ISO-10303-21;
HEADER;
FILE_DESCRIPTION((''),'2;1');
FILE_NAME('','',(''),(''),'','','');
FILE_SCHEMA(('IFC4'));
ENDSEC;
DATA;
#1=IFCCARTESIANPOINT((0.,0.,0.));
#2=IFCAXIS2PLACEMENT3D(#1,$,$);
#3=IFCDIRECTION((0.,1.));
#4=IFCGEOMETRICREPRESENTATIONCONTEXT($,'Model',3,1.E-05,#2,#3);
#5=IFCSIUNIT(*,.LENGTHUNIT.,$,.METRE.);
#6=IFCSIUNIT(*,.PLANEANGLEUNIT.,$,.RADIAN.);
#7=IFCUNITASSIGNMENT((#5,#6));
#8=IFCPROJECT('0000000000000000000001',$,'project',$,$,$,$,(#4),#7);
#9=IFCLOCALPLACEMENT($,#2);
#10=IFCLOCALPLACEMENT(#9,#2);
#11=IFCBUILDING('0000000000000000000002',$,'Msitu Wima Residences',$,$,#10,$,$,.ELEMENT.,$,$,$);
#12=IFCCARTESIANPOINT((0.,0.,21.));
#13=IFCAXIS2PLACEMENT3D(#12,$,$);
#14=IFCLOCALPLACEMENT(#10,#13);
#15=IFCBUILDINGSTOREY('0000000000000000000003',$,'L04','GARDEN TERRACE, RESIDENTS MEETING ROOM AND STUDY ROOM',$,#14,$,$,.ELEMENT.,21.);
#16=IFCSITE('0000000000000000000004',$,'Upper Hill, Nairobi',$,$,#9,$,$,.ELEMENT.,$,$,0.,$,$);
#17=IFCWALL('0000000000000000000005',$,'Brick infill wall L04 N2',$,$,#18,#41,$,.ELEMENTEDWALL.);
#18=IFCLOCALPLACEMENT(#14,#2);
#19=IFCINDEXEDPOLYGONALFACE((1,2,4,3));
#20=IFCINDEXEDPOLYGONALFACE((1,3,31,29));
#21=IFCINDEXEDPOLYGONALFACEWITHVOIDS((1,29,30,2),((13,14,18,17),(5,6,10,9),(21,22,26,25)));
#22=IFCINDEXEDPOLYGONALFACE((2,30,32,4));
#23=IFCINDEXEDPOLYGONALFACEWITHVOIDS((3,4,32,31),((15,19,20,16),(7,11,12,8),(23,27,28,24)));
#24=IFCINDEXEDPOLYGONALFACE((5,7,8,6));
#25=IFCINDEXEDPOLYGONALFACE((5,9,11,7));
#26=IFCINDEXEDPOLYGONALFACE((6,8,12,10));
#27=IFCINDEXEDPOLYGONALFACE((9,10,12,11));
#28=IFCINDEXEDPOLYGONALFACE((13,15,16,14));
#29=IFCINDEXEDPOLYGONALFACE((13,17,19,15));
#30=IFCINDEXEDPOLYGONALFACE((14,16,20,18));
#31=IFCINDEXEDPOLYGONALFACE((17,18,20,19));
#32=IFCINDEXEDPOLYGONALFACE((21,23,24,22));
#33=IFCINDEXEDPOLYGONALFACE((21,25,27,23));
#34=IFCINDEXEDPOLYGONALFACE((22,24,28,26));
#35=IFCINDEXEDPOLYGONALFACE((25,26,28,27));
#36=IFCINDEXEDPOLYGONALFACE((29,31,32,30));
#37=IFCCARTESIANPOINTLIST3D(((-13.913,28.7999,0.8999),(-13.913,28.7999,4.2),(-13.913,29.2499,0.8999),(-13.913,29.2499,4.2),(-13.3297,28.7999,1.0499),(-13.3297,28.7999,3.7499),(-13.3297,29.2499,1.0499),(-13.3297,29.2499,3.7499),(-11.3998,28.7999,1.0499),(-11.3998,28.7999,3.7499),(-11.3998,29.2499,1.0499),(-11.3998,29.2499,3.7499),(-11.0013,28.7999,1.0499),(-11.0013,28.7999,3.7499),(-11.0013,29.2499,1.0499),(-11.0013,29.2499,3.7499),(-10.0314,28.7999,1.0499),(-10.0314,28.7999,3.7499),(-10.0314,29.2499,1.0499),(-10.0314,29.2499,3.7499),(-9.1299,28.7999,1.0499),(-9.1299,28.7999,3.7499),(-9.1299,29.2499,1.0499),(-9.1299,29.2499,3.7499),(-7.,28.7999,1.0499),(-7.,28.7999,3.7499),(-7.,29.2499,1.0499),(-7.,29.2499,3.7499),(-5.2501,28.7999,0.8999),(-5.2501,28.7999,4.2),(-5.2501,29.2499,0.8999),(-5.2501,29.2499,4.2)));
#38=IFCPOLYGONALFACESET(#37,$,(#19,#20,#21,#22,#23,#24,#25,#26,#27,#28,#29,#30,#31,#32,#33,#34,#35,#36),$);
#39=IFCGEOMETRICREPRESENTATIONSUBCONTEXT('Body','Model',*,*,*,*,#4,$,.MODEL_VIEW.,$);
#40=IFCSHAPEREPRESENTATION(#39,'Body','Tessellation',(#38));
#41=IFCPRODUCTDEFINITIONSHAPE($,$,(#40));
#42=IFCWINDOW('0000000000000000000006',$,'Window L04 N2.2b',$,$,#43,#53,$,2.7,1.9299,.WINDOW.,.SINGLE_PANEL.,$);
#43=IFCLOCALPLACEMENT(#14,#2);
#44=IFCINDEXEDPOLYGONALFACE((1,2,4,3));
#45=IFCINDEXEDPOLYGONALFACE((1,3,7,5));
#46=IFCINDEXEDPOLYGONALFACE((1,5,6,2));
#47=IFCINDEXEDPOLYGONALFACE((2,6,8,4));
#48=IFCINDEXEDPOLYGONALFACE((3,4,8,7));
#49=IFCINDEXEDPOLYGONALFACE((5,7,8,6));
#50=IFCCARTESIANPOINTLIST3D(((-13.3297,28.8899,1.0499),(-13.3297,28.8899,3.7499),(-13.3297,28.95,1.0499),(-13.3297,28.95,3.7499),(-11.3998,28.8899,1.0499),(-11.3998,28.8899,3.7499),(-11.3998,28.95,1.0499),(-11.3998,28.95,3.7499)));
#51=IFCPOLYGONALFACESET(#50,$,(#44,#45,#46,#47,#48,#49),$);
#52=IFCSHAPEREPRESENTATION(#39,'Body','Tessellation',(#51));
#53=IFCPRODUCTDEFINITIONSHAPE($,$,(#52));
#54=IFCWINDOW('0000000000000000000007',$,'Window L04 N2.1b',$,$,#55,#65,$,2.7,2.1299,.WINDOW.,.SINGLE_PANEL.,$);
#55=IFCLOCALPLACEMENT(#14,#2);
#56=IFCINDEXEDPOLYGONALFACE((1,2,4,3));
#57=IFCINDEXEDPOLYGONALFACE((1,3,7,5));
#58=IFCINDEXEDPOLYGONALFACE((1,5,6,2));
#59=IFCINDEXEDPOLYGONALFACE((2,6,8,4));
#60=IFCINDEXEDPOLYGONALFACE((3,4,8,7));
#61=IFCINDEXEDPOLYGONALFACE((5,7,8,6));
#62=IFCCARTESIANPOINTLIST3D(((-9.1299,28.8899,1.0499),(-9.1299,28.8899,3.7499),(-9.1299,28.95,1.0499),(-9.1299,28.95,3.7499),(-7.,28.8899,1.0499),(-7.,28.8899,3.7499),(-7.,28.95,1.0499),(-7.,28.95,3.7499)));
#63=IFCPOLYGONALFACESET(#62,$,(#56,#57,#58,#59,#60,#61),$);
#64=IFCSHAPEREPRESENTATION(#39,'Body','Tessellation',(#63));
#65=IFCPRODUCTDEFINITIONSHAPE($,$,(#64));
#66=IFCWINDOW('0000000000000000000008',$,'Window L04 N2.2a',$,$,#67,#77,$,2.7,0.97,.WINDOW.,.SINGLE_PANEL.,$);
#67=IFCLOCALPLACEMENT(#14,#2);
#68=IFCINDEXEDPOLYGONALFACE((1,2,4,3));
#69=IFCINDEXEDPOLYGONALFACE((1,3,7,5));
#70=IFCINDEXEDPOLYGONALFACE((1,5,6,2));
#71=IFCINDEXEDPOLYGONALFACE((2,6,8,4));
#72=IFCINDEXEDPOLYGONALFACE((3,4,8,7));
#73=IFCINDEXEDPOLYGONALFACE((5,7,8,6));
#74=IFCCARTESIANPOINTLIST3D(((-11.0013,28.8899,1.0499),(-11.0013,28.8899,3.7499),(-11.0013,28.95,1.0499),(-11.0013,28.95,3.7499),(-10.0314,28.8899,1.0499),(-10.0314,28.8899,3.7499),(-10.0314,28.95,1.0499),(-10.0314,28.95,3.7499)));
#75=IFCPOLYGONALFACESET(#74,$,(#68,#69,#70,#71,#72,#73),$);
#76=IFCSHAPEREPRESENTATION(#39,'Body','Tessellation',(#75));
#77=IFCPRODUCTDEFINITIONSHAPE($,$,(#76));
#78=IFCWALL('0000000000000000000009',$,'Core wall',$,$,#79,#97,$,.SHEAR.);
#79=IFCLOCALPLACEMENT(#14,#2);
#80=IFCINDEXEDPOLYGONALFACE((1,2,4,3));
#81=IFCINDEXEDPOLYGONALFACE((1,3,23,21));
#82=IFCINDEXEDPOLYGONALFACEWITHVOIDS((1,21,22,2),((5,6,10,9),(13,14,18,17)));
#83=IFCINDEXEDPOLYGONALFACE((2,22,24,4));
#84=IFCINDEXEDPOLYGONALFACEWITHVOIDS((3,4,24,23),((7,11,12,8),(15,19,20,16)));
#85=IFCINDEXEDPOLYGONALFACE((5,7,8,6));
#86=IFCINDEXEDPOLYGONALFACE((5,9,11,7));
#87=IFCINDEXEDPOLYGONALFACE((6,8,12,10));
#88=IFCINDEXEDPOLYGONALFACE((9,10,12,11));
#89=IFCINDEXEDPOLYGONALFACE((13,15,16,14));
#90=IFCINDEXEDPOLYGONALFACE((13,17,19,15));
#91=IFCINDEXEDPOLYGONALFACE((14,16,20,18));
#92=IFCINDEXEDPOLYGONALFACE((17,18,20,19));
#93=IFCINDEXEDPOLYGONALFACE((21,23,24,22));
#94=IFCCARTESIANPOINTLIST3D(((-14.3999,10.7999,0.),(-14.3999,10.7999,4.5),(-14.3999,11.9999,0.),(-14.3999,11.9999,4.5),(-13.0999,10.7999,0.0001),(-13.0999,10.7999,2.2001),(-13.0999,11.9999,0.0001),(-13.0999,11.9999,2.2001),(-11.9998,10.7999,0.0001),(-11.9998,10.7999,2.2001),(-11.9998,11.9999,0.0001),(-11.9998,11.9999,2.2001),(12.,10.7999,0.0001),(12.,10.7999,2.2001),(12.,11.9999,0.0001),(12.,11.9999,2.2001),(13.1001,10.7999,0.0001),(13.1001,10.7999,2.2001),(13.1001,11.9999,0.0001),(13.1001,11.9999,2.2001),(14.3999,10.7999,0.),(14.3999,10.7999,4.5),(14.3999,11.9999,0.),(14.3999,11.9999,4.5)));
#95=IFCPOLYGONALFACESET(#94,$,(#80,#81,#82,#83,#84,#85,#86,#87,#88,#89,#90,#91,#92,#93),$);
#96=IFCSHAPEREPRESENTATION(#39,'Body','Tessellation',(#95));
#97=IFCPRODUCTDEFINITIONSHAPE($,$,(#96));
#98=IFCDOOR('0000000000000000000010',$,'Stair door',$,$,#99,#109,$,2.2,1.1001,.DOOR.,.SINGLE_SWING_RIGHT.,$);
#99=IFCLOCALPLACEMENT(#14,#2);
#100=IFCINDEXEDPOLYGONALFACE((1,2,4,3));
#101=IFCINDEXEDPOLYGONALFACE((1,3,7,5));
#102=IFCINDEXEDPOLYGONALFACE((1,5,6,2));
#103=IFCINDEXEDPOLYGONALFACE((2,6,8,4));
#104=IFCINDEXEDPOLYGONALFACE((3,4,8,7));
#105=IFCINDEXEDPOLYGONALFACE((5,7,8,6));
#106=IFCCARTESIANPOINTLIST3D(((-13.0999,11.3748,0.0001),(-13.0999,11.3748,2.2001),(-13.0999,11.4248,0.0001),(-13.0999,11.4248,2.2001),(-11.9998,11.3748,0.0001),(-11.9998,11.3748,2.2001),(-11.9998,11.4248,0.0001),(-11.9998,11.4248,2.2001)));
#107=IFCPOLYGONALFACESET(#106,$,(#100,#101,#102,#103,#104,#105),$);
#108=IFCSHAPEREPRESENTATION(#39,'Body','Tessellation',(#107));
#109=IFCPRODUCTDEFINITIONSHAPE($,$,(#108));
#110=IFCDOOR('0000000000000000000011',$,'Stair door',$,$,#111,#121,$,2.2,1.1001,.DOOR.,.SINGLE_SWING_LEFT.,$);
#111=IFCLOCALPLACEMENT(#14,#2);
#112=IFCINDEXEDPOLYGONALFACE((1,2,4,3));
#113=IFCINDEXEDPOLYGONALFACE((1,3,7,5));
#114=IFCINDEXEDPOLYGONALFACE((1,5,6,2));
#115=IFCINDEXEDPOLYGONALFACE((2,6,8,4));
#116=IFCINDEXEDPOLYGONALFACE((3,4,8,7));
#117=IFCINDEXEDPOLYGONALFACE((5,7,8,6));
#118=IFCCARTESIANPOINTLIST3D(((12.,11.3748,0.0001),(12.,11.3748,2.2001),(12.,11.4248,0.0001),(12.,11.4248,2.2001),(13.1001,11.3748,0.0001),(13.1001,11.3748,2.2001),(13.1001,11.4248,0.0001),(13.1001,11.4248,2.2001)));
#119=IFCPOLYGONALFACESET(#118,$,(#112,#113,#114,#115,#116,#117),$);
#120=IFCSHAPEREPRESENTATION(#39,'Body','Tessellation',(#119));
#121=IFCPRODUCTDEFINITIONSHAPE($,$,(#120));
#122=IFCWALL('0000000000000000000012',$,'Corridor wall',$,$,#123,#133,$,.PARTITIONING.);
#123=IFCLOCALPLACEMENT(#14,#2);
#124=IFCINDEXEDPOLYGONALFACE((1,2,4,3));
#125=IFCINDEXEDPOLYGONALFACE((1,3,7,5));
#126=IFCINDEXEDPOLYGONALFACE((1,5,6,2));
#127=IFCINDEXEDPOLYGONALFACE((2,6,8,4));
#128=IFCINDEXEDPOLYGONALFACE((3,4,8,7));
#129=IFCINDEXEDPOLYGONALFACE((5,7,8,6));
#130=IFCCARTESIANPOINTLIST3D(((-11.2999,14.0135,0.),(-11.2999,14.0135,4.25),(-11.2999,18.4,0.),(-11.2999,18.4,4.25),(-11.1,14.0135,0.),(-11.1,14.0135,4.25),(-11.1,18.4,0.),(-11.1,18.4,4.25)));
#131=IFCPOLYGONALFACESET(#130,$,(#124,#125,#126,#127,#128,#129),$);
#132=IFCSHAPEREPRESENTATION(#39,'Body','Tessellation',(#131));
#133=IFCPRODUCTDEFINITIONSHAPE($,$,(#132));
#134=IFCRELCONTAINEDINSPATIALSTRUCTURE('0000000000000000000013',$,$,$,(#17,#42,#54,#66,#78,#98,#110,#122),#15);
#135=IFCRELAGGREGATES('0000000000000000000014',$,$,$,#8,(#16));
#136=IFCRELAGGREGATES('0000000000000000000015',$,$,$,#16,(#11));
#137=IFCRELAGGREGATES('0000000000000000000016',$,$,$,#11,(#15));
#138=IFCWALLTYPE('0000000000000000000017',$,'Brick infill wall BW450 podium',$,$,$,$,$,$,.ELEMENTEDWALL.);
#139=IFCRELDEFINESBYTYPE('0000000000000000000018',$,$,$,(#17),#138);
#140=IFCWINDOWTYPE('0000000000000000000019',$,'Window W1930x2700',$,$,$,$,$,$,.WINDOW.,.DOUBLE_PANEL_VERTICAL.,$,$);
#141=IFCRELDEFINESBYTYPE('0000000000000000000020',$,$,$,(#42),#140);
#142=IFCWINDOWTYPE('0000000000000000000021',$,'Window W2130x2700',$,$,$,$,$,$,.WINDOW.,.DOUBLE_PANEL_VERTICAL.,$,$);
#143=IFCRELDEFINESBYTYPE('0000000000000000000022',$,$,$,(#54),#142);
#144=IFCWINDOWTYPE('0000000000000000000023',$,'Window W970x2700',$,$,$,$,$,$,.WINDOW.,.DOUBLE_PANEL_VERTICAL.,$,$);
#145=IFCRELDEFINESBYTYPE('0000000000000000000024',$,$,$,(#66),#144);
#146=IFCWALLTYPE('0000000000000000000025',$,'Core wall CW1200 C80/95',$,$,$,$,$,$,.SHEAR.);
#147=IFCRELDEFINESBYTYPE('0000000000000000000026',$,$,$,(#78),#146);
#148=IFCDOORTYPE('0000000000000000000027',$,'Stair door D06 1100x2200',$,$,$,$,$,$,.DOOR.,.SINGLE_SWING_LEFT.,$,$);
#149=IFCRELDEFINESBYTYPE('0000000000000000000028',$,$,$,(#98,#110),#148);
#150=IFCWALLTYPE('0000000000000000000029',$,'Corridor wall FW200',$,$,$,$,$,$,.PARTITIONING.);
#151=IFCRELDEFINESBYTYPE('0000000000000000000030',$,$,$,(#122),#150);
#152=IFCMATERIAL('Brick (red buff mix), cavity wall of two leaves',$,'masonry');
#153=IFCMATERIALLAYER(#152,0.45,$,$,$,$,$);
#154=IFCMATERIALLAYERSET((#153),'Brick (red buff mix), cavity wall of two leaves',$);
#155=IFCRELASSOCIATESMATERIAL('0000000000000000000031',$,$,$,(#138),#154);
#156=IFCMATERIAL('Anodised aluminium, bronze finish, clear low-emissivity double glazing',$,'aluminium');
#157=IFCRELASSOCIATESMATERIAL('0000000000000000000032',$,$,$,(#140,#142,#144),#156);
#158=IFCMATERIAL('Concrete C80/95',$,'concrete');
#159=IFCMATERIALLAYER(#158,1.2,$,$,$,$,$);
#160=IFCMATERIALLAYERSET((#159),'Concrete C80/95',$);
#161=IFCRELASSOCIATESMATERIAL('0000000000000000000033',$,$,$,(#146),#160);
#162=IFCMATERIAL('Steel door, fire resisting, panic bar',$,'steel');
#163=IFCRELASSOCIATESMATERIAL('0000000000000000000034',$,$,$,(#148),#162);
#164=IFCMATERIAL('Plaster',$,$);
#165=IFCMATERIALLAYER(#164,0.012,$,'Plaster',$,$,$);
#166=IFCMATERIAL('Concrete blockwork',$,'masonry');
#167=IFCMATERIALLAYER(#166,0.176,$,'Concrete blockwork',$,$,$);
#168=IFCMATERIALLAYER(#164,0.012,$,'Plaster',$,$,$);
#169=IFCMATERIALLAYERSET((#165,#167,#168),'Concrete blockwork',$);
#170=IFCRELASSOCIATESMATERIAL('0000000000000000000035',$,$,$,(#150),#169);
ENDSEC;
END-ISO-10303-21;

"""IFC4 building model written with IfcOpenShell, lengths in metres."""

from ifc_helpers import new_model, si_unit, direction, frame, frame_2d, origin, place, context, subcontext, project, spatial, rectangle, extrude, material, layer, layer_set, type_object, element, fill, save


model = new_model("IFC4")

# Units and contexts
model_context = context("Model", 3, precision=1e-05, world=origin(), true_north=direction((0.0, 1.0)))
body_context = subcontext(model_context, "Body", "Model", "MODEL_VIEW")
ifc_project = project(units=[si_unit("LENGTHUNIT", "METRE"), si_unit("PLANEANGLEUNIT", "RADIAN")], contexts=[model_context])

# Site, building, storey
site_placement = place(None, origin())
site = spatial("IfcSite", under=ifc_project, at=site_placement, Name="Upper Hill, Nairobi", CompositionType="ELEMENT", RefElevation=0.0)
building_placement = place(site_placement, origin())
building = spatial("IfcBuilding", under=site, at=building_placement, Name="Msitu Wima Residences", CompositionType="ELEMENT")
storey_placement = place(building_placement, frame((0.0, 0.0, 21.0)))
storey = spatial("IfcBuildingStorey", under=building, at=storey_placement, Name="L04", Description="GARDEN TERRACE, RESIDENTS MEETING ROOM AND STUDY ROOM", CompositionType="ELEMENT", Elevation=21.0)

# Shared definitions
ifc_material_1 = material(Name="Concrete C80/95", Category="concrete")

# Wall, openings, windows
ifc_material_2 = material(Name="Brick (red buff mix), cavity wall of two leaves", Category="masonry")
ifc_layer_1 = layer(ifc_material_2, 0.45)
ifc_layer_set_1 = layer_set([ifc_layer_1], Name="Brick (red buff mix), cavity wall of two leaves")
wall_type_1 = type_object("IfcWallType", Name="Brick infill wall BW450 podium", PredefinedType="ELEMENTEDWALL", material=ifc_layer_set_1)
wall_1_placement = place(storey_placement, frame((-5.25, 29.0249, 0.8999), z_axis=(0.0, 0.0, 1.0), x_axis=(-1.0, 0.0, 0.0)))
wall_1 = element("IfcWall", 1, at=wall_1_placement, inside=storey, type_object=wall_type_1, Name="Brick infill wall L04 N2", PredefinedType="ELEMENTEDWALL", context=body_context, shape_type="SweptSolid", body=[
    extrude(rectangle(XDim=8.6628, YDim=0.45, at=frame_2d((4.3315, 0.0))), origin(), (0.0, 0.0, 1.0), 3.3),
])
opening_1_placement = place(wall_1_placement, frame((1.75, 0.0, 0.1499)))
opening_1 = element("IfcOpeningElement", 2, at=opening_1_placement, cuts=wall_1, PredefinedType="OPENING", context=body_context, shape_type="SweptSolid", body=[
    extrude(rectangle(XDim=2.1299, YDim=2.7, at=frame_2d((1.0649, 1.3501))), frame((0.0, 0.2349, 0.0), z_axis=(0.0, -1.0, 0.0), x_axis=(1.0, 0.0, 0.0)), (0.0, 0.0, 1.0), 0.47),
])
opening_2_placement = place(wall_1_placement, frame((4.7815, 0.0, 0.1499)))
opening_2 = element("IfcOpeningElement", 3, at=opening_2_placement, cuts=wall_1, PredefinedType="OPENING", context=body_context, shape_type="SweptSolid", body=[
    extrude(rectangle(XDim=0.97, YDim=2.7, at=frame_2d((0.4849, 1.3501))), frame((0.0, 0.2349, 0.0), z_axis=(0.0, -1.0, 0.0), x_axis=(1.0, 0.0, 0.0)), (0.0, 0.0, 1.0), 0.47),
])
opening_3_placement = place(wall_1_placement, frame((6.1499, 0.0, 0.1499)))
opening_3 = element("IfcOpeningElement", 4, at=opening_3_placement, cuts=wall_1, PredefinedType="OPENING", context=body_context, shape_type="SweptSolid", body=[
    extrude(rectangle(XDim=1.9299, YDim=2.7, at=frame_2d((0.9648, 1.3501))), frame((0.0, 0.2349, 0.0), z_axis=(0.0, -1.0, 0.0), x_axis=(1.0, 0.0, 0.0)), (0.0, 0.0, 1.0), 0.47),
])
ifc_material_3 = material(Name="Anodised aluminium, bronze finish, clear low-emissivity double glazing", Category="aluminium")
window_type_1 = type_object("IfcWindowType", Name="Window W1930x2700", PartitioningType="DOUBLE_PANEL_VERTICAL", PredefinedType="WINDOW", material=ifc_material_3)
window_1_placement = place(opening_3_placement, origin())
window_1 = element("IfcWindow", 5, at=window_1_placement, inside=storey, type_object=window_type_1, Name="Window L04 N2.2b", OverallHeight=2.7, OverallWidth=1.9299, PartitioningType="SINGLE_PANEL", PredefinedType="WINDOW", context=body_context, shape_type="SweptSolid", body=[
    extrude(rectangle(XDim=1.9299, YDim=2.7, at=frame_2d((0.9648, 1.3501))), frame((0.0, 0.135, 0.0), z_axis=(0.0, -1.0, 0.0), x_axis=(1.0, 0.0, 0.0)), (0.0, 0.0, 1.0), 0.0601),
])
fill(opening_3, window_1)
window_type_2 = type_object("IfcWindowType", Name="Window W2130x2700", PartitioningType="DOUBLE_PANEL_VERTICAL", PredefinedType="WINDOW", material=ifc_material_3)
window_2_placement = place(opening_1_placement, origin())
window_2 = element("IfcWindow", 6, at=window_2_placement, inside=storey, type_object=window_type_2, Name="Window L04 N2.1b", OverallHeight=2.7, OverallWidth=2.1299, PartitioningType="SINGLE_PANEL", PredefinedType="WINDOW", context=body_context, shape_type="SweptSolid", body=[
    extrude(rectangle(XDim=2.1299, YDim=2.7, at=frame_2d((1.0649, 1.3501))), frame((0.0, 0.135, 0.0), z_axis=(0.0, -1.0, 0.0), x_axis=(1.0, 0.0, 0.0)), (0.0, 0.0, 1.0), 0.0601),
])
fill(opening_1, window_2)
window_type_3 = type_object("IfcWindowType", Name="Window W970x2700", PartitioningType="DOUBLE_PANEL_VERTICAL", PredefinedType="WINDOW", material=ifc_material_3)
window_3_placement = place(opening_2_placement, origin())
window_3 = element("IfcWindow", 7, at=window_3_placement, inside=storey, type_object=window_type_3, Name="Window L04 N2.2a", OverallHeight=2.7, OverallWidth=0.97, PartitioningType="SINGLE_PANEL", PredefinedType="WINDOW", context=body_context, shape_type="SweptSolid", body=[
    extrude(rectangle(XDim=0.97, YDim=2.7, at=frame_2d((0.4849, 1.3501))), frame((0.0, 0.135, 0.0), z_axis=(0.0, -1.0, 0.0), x_axis=(1.0, 0.0, 0.0)), (0.0, 0.0, 1.0), 0.0601),
])
fill(opening_2, window_3)

# Wall, openings, doors
ifc_layer_2 = layer(ifc_material_1, 1.2)
ifc_layer_set_2 = layer_set([ifc_layer_2], Name="Concrete C80/95")
wall_type_2 = type_object("IfcWallType", Name="Core wall CW1200 C80/95", PredefinedType="SHEAR", material=ifc_layer_set_2)
wall_2_placement = place(storey_placement, frame((-14.3999, 11.3999, 0.0), z_axis=(0.0, 0.0, 1.0), x_axis=(1.0, 0.0, 0.0)))
wall_2 = element("IfcWall", 8, at=wall_2_placement, inside=storey, type_object=wall_type_2, Name="Core wall", PredefinedType="SHEAR", context=body_context, shape_type="SweptSolid", body=[
    extrude(rectangle(XDim=28.7998, YDim=1.2, at=frame_2d((14.3999, 0.0))), origin(), (0.0, 0.0, 1.0), 4.5),
])
opening_4_placement = place(wall_2_placement, frame((1.3, 0.0, 0.0)))
opening_4 = element("IfcOpeningElement", 9, at=opening_4_placement, cuts=wall_2, PredefinedType="OPENING", context=body_context, shape_type="SweptSolid", body=[
    extrude(rectangle(XDim=1.1001, YDim=2.2, at=frame_2d((0.55, 1.1001))), frame((0.0, 0.6099, 0.0), z_axis=(0.0, -1.0, 0.0), x_axis=(1.0, 0.0, 0.0)), (0.0, 0.0, 1.0), 1.22),
])
opening_5_placement = place(wall_2_placement, frame((26.3999, 0.0, 0.0)))
opening_5 = element("IfcOpeningElement", 10, at=opening_5_placement, cuts=wall_2, PredefinedType="OPENING", context=body_context, shape_type="SweptSolid", body=[
    extrude(rectangle(XDim=1.1001, YDim=2.2, at=frame_2d((0.55, 1.1001))), frame((0.0, 0.6099, 0.0), z_axis=(0.0, -1.0, 0.0), x_axis=(1.0, 0.0, 0.0)), (0.0, 0.0, 1.0), 1.22),
])
ifc_material_4 = material(Name="Steel door, fire resisting, panic bar", Category="steel")
door_type_1 = type_object("IfcDoorType", Name="Stair door D06 1100x2200", OperationType="SINGLE_SWING_LEFT", PredefinedType="DOOR", material=ifc_material_4)
door_1_placement = place(opening_4_placement, origin())
door_1 = element("IfcDoor", 11, at=door_1_placement, inside=storey, type_object=door_type_1, Name="Stair door", OperationType="SINGLE_SWING_RIGHT", OverallHeight=2.2, OverallWidth=1.1001, PredefinedType="DOOR", context=body_context, shape_type="SweptSolid", body=[
    extrude(rectangle(XDim=1.1001, YDim=2.2, at=frame_2d((0.55, 1.1001))), frame((0.0, 0.0249, 0.0), z_axis=(0.0, -1.0, 0.0), x_axis=(1.0, 0.0, 0.0)), (0.0, 0.0, 1.0), 0.05),
])
fill(opening_4, door_1)
door_2_placement = place(opening_5_placement, origin())
door_2 = element("IfcDoor", 12, at=door_2_placement, inside=storey, type_object=door_type_1, Name="Stair door", OperationType="SINGLE_SWING_LEFT", OverallHeight=2.2, OverallWidth=1.1001, PredefinedType="DOOR", context=body_context, shape_type="SweptSolid", body=[
    extrude(rectangle(XDim=1.1001, YDim=2.2, at=frame_2d((0.55, 1.1001))), frame((0.0, 0.0249, 0.0), z_axis=(0.0, -1.0, 0.0), x_axis=(1.0, 0.0, 0.0)), (0.0, 0.0, 1.0), 0.05),
])
fill(opening_5, door_2)

# Wall
ifc_material_5 = material(Name="Plaster")
ifc_layer_3 = layer(ifc_material_5, 0.012, Name="Plaster")
ifc_material_6 = material(Name="Concrete blockwork", Category="masonry")
ifc_layer_4 = layer(ifc_material_6, 0.176, Name="Concrete blockwork")
ifc_layer_5 = layer(ifc_material_5, 0.012, Name="Plaster")
ifc_layer_set_3 = layer_set([ifc_layer_3, ifc_layer_4, ifc_layer_5], Name="Concrete blockwork")
wall_type_3 = type_object("IfcWallType", Name="Corridor wall FW200", PredefinedType="PARTITIONING", material=ifc_layer_set_3)
wall_3_placement = place(storey_placement, frame((-11.2, 14.0134, 0.0), z_axis=(0.0, 0.0, 1.0), x_axis=(0.0, 1.0, 0.0)))
element("IfcWall", 13, at=wall_3_placement, inside=storey, type_object=wall_type_3, Name="Corridor wall", PredefinedType="PARTITIONING", context=body_context, shape_type="SweptSolid", body=[
    extrude(rectangle(XDim=4.3865, YDim=0.2, at=frame_2d((2.1934, 0.0))), origin(), (0.0, 0.0, 1.0), 4.25),
])

save(model, "model.ifc")
